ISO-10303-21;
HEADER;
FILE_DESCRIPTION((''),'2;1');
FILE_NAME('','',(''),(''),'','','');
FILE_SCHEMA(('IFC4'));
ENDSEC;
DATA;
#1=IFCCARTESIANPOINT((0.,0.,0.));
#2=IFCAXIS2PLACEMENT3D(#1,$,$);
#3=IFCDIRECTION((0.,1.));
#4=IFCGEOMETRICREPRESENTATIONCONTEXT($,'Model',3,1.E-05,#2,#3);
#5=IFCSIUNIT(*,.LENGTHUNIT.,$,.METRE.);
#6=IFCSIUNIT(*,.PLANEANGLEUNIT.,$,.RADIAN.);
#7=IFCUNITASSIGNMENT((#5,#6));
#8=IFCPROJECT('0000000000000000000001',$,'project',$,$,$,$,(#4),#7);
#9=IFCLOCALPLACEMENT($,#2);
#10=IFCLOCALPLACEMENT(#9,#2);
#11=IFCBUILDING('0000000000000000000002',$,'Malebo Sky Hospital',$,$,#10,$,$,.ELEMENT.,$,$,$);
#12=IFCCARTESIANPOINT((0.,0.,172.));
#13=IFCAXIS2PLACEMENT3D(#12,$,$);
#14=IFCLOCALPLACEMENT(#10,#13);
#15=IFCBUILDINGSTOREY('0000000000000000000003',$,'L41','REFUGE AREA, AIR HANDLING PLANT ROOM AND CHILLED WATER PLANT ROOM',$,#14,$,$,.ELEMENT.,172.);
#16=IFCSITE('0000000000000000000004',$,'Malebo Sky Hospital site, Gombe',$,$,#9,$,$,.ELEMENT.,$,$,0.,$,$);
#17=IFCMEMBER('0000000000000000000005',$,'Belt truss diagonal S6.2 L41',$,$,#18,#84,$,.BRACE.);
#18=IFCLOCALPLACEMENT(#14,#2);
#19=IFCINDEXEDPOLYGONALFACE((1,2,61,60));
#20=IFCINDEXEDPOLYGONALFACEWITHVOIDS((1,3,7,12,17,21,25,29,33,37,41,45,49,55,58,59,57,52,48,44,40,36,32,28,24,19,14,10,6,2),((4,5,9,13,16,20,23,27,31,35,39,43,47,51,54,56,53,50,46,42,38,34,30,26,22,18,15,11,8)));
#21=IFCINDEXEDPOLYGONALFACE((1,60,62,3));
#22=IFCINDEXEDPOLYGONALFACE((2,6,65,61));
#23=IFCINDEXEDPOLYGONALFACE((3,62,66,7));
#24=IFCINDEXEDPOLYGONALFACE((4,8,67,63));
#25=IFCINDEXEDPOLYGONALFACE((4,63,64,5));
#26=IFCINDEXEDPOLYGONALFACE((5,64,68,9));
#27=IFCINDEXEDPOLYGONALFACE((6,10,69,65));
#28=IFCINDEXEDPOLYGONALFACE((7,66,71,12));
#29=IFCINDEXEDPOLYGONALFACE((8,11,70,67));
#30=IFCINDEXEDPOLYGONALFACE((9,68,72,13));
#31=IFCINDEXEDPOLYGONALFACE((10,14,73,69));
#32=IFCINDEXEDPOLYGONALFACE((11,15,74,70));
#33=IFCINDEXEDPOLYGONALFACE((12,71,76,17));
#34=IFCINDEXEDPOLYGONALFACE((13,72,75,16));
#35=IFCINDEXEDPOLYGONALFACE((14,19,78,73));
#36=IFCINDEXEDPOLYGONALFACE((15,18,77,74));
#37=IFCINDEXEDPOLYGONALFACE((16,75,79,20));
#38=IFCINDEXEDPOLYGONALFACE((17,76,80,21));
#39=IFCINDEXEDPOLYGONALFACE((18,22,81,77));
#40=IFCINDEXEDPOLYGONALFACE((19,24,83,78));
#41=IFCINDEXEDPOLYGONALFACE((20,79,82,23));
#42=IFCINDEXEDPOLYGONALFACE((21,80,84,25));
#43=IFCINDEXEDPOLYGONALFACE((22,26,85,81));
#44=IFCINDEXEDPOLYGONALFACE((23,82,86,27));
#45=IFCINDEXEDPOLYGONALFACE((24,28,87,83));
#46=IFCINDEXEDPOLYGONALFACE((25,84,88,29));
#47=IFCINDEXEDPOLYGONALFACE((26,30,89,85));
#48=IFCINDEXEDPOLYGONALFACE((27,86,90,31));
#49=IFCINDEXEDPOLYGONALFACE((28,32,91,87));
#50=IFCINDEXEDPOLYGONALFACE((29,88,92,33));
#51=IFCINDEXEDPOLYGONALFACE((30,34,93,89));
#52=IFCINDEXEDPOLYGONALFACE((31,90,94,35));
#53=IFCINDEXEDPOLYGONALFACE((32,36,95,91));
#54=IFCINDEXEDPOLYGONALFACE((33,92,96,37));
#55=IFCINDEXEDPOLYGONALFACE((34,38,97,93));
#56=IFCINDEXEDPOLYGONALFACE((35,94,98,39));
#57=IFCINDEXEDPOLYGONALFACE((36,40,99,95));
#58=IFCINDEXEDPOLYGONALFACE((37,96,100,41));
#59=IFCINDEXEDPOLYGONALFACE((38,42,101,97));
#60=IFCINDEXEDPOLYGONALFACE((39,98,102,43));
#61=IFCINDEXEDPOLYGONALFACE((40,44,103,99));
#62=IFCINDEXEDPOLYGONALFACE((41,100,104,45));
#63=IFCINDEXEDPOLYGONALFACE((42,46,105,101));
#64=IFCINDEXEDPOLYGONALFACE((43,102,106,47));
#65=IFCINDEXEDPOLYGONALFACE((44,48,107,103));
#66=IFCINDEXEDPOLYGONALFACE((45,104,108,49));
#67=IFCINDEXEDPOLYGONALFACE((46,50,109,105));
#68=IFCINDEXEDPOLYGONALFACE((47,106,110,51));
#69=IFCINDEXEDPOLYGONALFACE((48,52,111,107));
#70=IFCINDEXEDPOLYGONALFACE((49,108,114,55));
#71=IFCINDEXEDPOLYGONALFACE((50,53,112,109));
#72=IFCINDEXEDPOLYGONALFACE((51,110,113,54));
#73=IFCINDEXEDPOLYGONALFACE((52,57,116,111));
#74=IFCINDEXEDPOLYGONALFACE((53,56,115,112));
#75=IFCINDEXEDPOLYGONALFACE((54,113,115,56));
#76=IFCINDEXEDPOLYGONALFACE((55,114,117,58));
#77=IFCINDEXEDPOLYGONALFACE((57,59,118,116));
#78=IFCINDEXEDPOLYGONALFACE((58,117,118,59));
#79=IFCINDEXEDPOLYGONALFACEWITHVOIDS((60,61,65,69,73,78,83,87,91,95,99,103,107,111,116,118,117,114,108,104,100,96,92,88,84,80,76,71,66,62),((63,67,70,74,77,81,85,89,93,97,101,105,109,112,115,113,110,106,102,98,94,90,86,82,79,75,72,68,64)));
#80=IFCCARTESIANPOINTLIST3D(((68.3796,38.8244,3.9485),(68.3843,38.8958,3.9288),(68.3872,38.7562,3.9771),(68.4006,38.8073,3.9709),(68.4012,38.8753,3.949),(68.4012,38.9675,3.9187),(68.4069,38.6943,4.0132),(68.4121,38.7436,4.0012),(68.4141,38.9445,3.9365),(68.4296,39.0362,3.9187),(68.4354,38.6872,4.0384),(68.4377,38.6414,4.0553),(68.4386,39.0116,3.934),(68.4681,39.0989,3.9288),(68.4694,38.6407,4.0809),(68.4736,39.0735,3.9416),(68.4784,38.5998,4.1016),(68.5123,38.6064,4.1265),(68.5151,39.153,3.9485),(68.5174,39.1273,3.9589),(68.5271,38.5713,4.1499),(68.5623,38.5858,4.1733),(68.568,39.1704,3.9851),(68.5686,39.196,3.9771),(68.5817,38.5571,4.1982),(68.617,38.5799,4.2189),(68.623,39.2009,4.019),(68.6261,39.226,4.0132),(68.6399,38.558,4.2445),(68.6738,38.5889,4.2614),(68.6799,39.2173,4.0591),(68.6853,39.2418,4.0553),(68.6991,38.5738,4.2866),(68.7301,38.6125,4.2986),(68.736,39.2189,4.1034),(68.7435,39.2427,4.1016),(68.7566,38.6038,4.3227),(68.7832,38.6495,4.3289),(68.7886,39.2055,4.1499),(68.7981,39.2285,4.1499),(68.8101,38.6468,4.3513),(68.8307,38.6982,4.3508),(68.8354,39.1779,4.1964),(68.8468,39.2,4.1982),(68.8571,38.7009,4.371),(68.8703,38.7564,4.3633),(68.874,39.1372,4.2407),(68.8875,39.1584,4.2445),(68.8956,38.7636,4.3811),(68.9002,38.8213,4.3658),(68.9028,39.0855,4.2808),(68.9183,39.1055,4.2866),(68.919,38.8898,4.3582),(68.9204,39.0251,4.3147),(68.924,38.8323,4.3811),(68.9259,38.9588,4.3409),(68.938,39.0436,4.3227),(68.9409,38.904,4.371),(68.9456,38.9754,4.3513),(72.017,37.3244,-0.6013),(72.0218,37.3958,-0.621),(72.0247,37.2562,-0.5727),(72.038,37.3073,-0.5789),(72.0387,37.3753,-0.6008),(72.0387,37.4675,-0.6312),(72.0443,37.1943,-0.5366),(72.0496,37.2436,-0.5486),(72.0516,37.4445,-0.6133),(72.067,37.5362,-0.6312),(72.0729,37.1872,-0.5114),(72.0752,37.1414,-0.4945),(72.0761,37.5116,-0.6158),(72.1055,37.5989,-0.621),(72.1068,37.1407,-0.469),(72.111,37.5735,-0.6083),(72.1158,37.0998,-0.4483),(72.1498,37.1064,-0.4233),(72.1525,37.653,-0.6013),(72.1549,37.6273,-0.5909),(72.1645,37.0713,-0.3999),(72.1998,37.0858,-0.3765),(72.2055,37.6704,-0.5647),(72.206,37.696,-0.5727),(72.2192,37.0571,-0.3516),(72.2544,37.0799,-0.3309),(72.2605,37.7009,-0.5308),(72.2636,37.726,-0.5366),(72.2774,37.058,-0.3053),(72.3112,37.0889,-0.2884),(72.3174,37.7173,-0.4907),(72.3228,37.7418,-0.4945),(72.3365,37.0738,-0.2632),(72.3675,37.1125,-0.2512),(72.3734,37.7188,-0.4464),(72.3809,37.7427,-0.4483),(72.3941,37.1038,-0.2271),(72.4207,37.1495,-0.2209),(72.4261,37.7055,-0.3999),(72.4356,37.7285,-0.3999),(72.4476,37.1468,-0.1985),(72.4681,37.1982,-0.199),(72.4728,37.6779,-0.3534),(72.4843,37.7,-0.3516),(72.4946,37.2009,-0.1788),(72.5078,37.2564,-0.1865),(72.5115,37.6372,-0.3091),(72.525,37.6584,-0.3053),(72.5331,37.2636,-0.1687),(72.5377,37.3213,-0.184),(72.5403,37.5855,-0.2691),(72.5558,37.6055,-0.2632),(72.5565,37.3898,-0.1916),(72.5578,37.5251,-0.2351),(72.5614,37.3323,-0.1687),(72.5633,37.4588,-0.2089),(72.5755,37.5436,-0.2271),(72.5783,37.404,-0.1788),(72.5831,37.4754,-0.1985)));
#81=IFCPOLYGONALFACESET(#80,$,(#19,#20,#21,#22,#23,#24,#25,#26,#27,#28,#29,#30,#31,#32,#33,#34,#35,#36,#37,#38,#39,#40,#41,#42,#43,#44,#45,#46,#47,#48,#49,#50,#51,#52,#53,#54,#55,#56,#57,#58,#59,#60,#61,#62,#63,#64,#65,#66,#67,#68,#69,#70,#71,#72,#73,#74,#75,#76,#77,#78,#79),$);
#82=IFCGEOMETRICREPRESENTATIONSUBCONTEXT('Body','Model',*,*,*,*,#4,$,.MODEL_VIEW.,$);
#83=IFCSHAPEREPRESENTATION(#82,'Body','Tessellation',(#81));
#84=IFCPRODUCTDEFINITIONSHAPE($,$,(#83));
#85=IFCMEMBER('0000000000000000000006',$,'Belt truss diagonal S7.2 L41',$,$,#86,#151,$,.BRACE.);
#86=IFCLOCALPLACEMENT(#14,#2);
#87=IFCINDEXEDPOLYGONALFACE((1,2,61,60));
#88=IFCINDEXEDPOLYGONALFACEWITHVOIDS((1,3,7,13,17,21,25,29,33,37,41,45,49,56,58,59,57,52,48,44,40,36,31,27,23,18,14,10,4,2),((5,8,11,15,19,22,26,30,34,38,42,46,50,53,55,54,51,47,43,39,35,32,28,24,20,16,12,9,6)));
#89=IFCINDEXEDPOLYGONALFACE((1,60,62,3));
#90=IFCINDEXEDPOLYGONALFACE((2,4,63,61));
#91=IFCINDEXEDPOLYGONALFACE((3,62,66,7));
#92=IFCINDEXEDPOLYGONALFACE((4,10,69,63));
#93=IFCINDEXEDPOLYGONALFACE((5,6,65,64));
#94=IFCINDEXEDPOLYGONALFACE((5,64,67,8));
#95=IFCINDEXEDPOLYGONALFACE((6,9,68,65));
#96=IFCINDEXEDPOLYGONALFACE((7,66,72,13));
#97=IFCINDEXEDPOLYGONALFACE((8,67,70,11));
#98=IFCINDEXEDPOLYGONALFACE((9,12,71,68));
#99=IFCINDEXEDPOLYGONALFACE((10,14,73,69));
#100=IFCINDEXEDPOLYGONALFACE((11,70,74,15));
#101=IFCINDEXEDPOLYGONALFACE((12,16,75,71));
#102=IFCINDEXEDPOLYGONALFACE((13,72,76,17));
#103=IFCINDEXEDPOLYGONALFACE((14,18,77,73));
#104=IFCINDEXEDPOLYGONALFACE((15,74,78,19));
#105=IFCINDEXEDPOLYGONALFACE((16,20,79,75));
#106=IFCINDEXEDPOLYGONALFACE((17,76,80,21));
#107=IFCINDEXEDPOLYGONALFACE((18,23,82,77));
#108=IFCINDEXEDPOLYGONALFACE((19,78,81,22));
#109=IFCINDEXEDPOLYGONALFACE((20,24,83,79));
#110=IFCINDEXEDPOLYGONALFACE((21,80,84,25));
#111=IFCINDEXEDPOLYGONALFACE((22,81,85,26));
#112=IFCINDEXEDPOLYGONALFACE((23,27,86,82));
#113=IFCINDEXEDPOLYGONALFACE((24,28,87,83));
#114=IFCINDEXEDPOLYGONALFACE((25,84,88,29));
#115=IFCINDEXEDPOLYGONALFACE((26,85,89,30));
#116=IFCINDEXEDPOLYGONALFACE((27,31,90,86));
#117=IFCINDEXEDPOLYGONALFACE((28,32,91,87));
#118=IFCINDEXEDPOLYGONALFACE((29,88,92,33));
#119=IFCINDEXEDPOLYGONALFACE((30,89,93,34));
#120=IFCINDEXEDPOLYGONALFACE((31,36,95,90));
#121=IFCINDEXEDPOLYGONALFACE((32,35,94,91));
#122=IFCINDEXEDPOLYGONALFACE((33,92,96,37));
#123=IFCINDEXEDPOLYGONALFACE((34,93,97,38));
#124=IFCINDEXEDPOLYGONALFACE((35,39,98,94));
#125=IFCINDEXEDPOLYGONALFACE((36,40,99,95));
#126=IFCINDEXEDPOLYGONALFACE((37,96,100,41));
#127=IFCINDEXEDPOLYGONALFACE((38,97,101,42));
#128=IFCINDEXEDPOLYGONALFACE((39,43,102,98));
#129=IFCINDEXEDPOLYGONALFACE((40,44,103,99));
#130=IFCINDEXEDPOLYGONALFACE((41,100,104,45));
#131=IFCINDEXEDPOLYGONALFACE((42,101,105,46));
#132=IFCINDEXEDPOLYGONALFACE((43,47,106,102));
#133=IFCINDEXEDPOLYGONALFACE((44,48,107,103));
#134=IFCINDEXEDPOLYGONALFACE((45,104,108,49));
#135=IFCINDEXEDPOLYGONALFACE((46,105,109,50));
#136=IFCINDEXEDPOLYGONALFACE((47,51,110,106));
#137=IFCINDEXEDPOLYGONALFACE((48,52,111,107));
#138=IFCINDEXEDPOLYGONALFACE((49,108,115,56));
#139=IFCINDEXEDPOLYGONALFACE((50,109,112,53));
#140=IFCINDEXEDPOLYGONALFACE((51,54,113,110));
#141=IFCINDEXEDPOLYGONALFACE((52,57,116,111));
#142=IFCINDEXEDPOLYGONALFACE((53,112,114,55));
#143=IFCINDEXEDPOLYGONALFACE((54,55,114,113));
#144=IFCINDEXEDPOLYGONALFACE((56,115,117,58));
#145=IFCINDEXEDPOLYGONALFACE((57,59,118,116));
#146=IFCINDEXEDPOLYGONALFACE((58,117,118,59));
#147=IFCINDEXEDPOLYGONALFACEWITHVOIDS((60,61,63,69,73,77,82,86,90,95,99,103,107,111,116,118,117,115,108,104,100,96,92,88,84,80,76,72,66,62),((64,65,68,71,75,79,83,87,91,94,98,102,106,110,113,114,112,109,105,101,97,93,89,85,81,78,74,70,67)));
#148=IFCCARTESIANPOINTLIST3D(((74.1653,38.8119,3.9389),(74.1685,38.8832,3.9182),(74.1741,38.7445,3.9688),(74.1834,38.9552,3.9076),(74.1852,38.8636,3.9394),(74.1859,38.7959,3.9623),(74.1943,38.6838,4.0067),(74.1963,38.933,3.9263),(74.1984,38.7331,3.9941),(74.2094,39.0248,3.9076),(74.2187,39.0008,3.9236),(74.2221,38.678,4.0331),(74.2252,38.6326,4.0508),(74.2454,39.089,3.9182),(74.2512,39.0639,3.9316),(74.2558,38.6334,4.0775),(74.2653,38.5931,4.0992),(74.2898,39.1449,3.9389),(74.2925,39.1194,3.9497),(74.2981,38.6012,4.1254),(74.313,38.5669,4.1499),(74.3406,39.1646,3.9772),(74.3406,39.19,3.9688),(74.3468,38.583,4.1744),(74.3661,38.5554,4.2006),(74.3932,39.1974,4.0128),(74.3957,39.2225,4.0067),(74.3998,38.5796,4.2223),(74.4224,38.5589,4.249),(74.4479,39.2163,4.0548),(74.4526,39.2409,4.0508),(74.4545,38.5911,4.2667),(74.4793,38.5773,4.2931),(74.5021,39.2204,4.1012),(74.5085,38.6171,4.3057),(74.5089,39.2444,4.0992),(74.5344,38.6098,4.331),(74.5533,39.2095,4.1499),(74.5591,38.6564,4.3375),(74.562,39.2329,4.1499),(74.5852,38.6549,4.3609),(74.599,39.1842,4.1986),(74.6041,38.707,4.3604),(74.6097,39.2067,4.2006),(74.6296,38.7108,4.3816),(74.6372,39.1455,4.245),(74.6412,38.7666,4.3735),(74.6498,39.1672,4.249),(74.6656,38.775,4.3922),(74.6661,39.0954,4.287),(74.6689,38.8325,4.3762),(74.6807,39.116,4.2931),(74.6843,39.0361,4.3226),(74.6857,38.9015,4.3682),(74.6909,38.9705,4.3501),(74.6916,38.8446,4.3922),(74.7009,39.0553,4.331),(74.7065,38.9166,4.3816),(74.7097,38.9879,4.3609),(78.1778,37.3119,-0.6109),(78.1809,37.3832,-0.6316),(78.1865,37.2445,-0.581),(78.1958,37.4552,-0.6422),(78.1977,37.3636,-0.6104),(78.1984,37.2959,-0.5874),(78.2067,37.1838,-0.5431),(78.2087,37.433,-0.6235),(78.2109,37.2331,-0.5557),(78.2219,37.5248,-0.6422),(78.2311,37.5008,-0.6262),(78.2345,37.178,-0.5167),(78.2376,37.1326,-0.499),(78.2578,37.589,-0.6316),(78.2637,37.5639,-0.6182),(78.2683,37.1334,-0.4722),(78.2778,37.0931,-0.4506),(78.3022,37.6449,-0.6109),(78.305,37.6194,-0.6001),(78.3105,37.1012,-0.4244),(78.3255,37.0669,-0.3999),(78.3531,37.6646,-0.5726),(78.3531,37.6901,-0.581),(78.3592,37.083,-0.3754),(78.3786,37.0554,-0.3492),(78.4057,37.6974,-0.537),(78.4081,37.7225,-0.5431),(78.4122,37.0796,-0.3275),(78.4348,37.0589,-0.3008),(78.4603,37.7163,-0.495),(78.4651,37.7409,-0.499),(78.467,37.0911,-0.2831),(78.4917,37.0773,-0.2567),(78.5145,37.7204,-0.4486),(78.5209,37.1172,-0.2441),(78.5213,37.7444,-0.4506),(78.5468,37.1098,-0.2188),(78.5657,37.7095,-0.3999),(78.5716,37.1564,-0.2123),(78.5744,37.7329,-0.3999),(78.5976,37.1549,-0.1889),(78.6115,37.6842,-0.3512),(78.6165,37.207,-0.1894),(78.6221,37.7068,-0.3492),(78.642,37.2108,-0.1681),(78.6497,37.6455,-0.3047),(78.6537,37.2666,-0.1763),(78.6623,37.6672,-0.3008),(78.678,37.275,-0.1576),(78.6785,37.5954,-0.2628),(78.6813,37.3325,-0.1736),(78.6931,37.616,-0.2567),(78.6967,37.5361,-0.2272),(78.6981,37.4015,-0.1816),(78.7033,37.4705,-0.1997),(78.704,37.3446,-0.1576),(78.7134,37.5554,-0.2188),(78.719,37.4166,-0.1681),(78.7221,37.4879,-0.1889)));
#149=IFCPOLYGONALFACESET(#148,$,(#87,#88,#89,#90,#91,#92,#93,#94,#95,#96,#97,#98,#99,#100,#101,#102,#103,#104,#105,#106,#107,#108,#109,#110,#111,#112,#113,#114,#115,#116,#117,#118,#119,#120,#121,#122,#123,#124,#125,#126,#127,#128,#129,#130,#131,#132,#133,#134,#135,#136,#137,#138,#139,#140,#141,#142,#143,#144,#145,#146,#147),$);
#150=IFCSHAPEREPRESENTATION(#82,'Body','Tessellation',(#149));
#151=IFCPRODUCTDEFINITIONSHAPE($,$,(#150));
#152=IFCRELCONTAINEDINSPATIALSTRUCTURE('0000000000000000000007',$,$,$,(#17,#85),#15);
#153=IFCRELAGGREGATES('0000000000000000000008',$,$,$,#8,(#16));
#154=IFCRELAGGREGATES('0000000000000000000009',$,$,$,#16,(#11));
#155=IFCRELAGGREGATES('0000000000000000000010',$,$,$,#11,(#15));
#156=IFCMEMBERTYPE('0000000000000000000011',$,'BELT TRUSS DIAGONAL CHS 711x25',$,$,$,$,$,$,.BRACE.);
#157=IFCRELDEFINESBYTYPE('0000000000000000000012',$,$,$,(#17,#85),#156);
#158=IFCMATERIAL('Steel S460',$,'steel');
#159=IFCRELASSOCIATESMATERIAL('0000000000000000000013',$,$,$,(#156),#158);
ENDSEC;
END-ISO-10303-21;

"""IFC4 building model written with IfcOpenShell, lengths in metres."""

from ifc_helpers import new_model, si_unit, direction, frame, origin, origin_2d, place, context, subcontext, project, spatial, hollow_circle, extrude, material, material_profile, profile_set, type_object, element, save


model = new_model("IFC4")

# Units and contexts
model_context = context("Model", 3, precision=1e-05, world=origin(), true_north=direction((0.0, 1.0)))
body_context = subcontext(model_context, "Body", "Model", "MODEL_VIEW")
ifc_project = project(units=[si_unit("LENGTHUNIT", "METRE"), si_unit("PLANEANGLEUNIT", "RADIAN")], contexts=[model_context])

# Site, building, storey
site_placement = place(None, origin())
site = spatial("IfcSite", under=ifc_project, at=site_placement, Name="Malebo Sky Hospital site, Gombe", CompositionType="ELEMENT", RefElevation=0.0)
building_placement = place(site_placement, origin())
building = spatial("IfcBuilding", under=site, at=building_placement, Name="Malebo Sky Hospital", CompositionType="ELEMENT")
storey_placement = place(building_placement, frame((0.0, 0.0, 172.0)))
storey = spatial("IfcBuildingStorey", under=building, at=storey_placement, Name="L41", Description="REFUGE AREA, AIR HANDLING PLANT ROOM AND CHILLED WATER PLANT ROOM", CompositionType="ELEMENT", Elevation=172.0)

# Members
ifc_material_1 = material(Name="Steel S460", Category="steel")
ifc_material_profile_1 = material_profile(ifc_material_1, hollow_circle(Radius=0.3555, WallThickness=0.0249, at=origin_2d()), Name="CHS 711x25")
ifc_profile_set_1 = profile_set([ifc_material_profile_1], Name="Steel S460")
member_type_1 = type_object("IfcMemberType", Name="BELT TRUSS DIAGONAL CHS 711x25", PredefinedType="BRACE", material=ifc_profile_set_1)
member_1_placement = place(storey_placement, frame((68.6626, 38.8999, 4.1499), z_axis=(0.604717, -0.249371, -0.756394), x_axis=(0.381233, 0.924479, 0.0)))
element("IfcMember", 1, at=member_1_placement, inside=storey, type_object=member_type_1, Name="Belt truss diagonal S6.2 L41", PredefinedType="BRACE", context=body_context, shape_type="SweptSolid", body=[
    extrude(hollow_circle(Radius=0.3555, WallThickness=0.0249, at=origin_2d()), origin(), (0.0, 0.0, 1.0), 6.0151),
])
member_2_placement = place(storey_placement, frame((74.4375, 38.8999, 4.1499), z_axis=(0.642091, -0.240037, -0.728081), x_axis=(0.350168, 0.936687, 0.0)))
element("IfcMember", 2, at=member_2_placement, inside=storey, type_object=member_type_1, Name="Belt truss diagonal S7.2 L41", PredefinedType="BRACE", context=body_context, shape_type="SweptSolid", body=[
    extrude(hollow_circle(Radius=0.3555, WallThickness=0.0249, at=origin_2d()), origin(), (0.0, 0.0, 1.0), 6.249),
])

save(model, "model.ifc")
